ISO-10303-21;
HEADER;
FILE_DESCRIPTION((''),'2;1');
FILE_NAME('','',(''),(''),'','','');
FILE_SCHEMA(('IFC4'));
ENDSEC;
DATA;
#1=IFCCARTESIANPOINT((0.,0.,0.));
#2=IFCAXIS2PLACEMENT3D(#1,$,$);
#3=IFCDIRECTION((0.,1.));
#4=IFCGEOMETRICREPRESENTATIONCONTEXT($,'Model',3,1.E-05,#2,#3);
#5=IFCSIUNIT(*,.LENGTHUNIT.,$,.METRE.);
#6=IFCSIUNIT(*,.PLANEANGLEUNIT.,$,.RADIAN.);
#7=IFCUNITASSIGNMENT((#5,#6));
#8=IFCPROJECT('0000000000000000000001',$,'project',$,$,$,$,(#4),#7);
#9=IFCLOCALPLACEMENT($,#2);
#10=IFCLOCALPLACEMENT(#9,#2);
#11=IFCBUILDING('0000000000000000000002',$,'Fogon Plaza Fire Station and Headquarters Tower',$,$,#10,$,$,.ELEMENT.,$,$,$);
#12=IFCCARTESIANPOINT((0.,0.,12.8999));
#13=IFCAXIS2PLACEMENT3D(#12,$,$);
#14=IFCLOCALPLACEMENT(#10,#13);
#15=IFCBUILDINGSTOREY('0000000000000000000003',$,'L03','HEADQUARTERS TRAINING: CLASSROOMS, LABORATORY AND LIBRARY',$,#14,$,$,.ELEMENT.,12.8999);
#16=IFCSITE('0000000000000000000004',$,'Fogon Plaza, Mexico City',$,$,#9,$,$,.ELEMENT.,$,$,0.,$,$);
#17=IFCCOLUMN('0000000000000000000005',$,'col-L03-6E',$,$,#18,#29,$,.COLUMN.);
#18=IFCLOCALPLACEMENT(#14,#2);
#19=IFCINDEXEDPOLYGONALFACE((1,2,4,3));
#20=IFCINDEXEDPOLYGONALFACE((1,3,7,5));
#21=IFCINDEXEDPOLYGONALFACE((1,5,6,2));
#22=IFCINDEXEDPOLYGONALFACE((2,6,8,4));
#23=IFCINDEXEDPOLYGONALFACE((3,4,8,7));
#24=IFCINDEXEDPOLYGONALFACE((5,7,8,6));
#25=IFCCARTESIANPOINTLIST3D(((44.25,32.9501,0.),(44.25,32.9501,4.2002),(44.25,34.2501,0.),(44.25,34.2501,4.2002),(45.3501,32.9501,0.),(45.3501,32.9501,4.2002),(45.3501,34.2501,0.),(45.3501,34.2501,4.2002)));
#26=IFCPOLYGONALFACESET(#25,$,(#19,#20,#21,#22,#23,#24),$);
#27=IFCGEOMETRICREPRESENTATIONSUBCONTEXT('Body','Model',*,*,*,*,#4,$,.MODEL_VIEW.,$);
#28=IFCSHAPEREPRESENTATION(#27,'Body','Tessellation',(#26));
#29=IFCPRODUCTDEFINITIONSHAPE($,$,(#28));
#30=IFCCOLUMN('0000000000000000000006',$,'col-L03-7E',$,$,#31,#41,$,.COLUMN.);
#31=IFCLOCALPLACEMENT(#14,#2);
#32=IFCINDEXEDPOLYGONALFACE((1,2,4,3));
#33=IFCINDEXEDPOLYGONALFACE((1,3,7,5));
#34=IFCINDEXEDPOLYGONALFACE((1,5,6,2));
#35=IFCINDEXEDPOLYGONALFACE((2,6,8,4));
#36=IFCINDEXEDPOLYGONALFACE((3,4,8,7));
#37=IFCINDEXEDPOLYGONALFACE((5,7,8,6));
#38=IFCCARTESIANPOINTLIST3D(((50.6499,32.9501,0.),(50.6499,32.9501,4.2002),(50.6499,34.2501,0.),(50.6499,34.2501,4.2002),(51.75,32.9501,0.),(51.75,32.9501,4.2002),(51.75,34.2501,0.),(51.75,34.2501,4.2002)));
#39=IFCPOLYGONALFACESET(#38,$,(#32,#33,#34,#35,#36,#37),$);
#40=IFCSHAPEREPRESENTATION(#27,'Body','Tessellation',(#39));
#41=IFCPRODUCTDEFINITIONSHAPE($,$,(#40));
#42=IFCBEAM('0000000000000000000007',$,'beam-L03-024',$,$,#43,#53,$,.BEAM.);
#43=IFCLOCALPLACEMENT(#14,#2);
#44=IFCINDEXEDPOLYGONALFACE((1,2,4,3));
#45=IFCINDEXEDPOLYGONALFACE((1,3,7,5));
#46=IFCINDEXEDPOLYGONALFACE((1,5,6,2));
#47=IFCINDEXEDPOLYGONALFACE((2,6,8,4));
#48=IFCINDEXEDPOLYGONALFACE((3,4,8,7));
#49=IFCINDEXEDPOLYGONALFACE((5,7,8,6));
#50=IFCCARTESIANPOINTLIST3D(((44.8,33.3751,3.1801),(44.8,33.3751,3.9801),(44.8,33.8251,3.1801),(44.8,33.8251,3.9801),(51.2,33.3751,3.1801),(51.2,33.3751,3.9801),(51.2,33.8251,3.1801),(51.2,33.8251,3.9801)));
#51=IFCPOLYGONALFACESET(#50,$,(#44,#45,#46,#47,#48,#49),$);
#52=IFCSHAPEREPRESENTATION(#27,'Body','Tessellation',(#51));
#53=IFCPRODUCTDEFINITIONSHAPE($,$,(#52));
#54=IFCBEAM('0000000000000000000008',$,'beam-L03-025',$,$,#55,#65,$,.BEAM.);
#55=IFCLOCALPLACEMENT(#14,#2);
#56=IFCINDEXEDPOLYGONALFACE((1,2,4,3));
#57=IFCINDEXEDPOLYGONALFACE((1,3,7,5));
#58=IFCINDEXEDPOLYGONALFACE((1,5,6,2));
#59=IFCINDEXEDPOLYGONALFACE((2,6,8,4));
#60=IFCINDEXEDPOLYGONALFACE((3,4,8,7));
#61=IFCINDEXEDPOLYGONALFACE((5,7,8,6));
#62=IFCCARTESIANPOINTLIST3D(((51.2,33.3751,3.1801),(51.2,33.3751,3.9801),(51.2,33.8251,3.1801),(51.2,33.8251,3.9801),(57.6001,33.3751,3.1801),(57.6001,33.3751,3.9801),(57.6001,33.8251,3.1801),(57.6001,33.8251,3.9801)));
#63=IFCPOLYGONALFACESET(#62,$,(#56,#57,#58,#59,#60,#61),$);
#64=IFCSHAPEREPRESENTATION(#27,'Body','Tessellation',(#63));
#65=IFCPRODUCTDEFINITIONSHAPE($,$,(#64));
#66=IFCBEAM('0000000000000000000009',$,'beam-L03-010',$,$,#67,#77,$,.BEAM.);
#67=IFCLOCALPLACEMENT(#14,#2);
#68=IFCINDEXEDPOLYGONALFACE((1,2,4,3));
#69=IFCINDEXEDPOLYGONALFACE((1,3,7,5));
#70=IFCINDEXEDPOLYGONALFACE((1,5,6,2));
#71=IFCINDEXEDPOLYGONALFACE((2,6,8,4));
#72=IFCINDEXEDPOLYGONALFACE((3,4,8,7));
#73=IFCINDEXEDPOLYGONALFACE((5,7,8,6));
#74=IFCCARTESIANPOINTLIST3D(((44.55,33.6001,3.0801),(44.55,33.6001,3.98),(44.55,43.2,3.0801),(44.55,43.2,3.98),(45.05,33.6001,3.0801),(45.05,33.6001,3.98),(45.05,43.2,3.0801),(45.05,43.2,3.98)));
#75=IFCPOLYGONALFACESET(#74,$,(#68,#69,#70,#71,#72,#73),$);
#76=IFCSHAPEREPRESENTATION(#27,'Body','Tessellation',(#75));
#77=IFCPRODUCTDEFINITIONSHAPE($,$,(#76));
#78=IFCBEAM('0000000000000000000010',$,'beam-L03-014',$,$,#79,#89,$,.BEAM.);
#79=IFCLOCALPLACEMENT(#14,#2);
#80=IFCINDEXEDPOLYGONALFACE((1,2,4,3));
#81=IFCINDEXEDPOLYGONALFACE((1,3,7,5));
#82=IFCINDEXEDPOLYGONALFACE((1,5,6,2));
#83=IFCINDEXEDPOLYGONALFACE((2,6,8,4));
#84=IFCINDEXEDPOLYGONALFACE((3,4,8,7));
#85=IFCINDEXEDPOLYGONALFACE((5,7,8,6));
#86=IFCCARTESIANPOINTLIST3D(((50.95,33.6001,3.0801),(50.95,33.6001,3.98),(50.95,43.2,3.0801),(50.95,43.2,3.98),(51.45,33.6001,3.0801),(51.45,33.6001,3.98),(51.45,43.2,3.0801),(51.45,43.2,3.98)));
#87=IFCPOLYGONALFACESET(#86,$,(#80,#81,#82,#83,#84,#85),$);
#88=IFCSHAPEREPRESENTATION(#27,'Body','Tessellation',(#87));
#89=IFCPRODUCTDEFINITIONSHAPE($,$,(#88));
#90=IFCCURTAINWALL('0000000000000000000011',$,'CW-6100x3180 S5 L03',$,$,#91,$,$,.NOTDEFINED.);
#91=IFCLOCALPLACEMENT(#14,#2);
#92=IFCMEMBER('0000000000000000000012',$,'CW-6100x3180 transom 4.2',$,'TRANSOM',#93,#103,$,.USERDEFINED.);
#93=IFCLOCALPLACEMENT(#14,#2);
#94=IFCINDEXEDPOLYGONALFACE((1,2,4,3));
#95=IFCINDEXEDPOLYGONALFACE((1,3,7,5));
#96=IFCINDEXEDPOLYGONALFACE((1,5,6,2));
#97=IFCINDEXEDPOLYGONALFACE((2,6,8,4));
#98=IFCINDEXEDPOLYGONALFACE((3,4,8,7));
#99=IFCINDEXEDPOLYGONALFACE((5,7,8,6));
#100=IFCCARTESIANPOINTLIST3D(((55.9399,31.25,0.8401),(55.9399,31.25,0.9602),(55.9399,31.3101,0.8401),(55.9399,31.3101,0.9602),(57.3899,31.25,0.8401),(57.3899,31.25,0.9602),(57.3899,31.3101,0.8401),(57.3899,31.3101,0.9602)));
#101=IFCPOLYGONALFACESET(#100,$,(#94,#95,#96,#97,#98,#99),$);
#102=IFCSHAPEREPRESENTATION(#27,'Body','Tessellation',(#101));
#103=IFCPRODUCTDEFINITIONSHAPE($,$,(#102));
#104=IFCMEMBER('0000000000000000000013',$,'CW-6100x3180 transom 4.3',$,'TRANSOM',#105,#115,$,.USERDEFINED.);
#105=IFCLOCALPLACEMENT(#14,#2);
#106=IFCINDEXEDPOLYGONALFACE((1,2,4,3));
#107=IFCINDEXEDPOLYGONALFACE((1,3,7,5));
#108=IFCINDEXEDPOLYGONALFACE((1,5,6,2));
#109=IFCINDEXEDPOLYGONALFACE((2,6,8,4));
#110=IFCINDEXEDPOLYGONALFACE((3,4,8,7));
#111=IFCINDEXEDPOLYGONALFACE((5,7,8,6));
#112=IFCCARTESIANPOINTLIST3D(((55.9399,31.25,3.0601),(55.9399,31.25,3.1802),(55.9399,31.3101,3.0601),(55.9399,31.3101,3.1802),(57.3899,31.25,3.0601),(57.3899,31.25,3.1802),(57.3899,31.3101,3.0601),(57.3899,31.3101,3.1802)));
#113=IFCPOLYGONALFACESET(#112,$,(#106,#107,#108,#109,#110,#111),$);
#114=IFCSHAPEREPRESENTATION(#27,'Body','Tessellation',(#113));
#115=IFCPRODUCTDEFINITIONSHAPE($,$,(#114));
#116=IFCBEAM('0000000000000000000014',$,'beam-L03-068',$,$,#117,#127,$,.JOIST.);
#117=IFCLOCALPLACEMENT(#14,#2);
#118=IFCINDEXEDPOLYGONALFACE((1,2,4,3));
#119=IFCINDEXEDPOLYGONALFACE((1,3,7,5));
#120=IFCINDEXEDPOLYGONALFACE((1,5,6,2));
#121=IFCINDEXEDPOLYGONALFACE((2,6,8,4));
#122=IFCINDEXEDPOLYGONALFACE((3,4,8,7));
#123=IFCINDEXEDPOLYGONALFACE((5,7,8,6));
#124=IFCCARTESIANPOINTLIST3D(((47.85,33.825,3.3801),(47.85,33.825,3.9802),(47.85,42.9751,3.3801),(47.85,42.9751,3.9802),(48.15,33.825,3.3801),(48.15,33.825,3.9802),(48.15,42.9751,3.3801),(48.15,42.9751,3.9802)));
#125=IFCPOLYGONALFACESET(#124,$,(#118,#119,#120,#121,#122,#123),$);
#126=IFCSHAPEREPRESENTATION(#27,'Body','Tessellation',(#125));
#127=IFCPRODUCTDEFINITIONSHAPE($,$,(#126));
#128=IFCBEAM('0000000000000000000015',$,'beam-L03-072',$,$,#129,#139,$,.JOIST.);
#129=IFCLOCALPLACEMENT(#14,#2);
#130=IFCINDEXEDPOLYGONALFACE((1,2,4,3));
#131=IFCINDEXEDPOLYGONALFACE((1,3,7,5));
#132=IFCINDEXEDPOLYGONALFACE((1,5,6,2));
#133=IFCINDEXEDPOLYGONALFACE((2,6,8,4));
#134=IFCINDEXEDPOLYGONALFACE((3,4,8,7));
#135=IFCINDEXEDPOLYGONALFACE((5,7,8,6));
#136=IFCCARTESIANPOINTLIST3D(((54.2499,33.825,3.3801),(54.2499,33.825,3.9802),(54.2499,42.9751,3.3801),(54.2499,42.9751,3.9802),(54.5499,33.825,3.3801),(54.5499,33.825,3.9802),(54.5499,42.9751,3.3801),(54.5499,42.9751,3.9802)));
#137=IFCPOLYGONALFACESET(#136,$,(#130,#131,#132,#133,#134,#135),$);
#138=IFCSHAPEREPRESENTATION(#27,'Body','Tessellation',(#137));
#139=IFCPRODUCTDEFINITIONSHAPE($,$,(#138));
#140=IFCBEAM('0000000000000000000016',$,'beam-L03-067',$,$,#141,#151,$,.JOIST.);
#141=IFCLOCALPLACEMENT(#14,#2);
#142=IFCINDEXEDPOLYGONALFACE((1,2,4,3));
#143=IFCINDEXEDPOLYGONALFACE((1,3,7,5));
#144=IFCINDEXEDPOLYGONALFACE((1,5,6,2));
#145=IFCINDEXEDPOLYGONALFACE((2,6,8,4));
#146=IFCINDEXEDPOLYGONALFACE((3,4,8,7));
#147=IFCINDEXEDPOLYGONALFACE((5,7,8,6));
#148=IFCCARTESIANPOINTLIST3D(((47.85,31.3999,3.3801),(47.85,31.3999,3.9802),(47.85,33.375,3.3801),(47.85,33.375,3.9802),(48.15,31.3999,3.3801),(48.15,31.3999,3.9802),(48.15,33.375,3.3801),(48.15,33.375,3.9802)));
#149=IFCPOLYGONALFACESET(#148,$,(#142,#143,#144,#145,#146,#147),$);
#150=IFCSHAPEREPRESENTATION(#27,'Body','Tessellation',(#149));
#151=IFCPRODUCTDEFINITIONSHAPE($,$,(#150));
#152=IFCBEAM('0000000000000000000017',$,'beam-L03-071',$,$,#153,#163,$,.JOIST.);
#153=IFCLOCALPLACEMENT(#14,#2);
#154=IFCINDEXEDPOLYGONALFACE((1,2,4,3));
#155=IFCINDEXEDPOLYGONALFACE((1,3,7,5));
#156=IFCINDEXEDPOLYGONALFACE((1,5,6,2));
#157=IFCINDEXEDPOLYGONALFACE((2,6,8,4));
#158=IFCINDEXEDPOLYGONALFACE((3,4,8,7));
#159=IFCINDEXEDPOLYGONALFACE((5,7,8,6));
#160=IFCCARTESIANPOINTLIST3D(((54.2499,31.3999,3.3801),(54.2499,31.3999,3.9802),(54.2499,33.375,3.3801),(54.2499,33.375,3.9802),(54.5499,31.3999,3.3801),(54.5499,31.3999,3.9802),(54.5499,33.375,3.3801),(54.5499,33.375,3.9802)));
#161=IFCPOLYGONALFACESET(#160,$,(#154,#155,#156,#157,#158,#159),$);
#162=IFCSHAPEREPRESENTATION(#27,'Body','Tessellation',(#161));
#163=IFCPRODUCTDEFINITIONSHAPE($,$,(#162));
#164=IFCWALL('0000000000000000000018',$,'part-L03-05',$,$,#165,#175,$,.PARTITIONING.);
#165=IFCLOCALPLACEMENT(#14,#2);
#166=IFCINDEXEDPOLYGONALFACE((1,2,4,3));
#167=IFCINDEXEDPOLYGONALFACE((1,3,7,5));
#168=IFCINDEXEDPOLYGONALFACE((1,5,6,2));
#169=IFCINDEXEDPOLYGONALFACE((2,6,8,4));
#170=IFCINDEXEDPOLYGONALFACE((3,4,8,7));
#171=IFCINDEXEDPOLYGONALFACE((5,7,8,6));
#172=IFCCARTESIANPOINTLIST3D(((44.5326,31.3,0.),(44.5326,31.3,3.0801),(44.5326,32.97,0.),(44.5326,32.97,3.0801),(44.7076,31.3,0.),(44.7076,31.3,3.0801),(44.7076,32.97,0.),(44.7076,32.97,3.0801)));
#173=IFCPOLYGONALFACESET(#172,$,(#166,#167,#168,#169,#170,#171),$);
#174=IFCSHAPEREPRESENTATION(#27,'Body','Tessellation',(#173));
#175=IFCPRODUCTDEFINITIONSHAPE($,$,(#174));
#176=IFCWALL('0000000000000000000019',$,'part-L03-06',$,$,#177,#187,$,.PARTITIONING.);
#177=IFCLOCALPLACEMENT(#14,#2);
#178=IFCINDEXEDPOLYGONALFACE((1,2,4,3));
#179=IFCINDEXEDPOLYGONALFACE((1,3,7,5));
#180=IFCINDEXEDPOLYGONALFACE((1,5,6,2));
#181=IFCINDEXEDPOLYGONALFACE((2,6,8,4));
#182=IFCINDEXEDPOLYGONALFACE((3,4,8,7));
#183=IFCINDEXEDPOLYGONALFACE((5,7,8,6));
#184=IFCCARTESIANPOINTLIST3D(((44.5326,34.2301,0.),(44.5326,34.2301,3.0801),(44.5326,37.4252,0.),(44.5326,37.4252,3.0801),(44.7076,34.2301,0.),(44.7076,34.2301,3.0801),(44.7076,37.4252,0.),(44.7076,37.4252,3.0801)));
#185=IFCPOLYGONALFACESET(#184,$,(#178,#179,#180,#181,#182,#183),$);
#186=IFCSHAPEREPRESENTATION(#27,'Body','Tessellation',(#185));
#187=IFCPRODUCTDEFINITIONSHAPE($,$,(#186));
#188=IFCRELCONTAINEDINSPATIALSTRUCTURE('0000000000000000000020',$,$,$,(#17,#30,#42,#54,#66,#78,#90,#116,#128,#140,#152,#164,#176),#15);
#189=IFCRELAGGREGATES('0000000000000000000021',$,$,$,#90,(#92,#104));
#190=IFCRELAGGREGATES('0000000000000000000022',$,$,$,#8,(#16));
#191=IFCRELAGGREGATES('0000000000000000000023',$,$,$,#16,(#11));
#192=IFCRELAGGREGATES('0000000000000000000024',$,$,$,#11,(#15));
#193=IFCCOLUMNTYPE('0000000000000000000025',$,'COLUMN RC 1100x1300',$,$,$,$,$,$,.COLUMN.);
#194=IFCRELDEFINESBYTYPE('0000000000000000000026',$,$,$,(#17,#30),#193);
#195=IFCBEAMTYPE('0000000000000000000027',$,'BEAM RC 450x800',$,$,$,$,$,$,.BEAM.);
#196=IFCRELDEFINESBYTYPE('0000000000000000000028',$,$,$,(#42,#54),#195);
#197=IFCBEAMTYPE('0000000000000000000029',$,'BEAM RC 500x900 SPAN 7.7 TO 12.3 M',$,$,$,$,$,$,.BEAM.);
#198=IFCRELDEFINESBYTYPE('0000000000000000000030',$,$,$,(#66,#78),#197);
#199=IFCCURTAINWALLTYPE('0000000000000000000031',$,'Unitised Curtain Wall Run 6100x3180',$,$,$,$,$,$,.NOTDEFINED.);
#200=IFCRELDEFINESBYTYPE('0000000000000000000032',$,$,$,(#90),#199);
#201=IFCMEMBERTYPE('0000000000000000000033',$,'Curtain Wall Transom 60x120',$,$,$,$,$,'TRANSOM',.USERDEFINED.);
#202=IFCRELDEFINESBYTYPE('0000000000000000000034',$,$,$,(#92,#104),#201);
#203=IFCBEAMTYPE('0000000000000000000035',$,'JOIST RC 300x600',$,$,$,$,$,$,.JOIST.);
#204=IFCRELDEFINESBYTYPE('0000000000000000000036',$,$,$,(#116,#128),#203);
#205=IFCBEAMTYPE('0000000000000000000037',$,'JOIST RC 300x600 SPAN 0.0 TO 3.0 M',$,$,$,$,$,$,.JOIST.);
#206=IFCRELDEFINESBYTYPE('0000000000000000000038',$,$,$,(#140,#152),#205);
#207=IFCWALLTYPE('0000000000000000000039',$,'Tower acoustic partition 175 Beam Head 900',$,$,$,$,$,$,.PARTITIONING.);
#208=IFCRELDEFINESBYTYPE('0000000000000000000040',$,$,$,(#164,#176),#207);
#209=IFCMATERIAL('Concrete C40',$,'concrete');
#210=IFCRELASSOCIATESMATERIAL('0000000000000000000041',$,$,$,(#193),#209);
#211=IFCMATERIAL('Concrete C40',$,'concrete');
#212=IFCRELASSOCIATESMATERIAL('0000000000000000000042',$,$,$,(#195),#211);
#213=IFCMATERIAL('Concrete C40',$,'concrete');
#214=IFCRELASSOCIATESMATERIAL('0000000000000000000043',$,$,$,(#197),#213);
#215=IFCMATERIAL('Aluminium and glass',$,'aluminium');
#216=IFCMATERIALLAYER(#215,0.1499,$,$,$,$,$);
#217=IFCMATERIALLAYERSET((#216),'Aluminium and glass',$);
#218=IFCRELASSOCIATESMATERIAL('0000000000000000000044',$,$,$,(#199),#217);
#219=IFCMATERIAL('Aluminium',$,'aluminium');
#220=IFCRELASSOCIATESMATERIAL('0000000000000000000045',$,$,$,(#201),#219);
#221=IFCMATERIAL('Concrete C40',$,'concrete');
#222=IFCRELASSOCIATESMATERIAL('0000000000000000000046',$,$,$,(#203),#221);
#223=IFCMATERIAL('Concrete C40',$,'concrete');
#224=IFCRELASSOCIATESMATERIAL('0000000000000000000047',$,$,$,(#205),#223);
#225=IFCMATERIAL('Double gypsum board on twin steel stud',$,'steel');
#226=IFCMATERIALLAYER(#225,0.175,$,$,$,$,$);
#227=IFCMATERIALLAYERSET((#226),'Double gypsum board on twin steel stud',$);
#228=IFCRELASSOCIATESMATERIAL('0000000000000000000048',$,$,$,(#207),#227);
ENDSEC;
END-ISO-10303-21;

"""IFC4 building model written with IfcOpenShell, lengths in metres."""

from ifc_helpers import new_model, si_unit, direction, frame, frame_2d, origin, origin_2d, place, context, subcontext, project, spatial, rectangle, extrude, material, layer, layer_set, material_profile, profile_set, type_object, element, aggregate, save


model = new_model("IFC4")

# Units and contexts
model_context = context("Model", 3, precision=1e-05, world=origin(), true_north=direction((0.0, 1.0)))
body_context = subcontext(model_context, "Body", "Model", "MODEL_VIEW")
ifc_project = project(units=[si_unit("LENGTHUNIT", "METRE"), si_unit("PLANEANGLEUNIT", "RADIAN")], contexts=[model_context])

# Site, building, storey
site_placement = place(None, origin())
site = spatial("IfcSite", under=ifc_project, at=site_placement, Name="Fogon Plaza, Mexico City", CompositionType="ELEMENT", RefElevation=0.0)
building_placement = place(site_placement, origin())
building = spatial("IfcBuilding", under=site, at=building_placement, Name="Fogon Plaza Fire Station and Headquarters Tower", CompositionType="ELEMENT")
storey_placement = place(building_placement, frame((0.0, 0.0, 12.8999)))
storey = spatial("IfcBuildingStorey", under=building, at=storey_placement, Name="L03", Description="HEADQUARTERS TRAINING: CLASSROOMS, LABORATORY AND LIBRARY", CompositionType="ELEMENT", Elevation=12.8999)

# Columns
ifc_material_1 = material(Name="Concrete C40", Category="concrete")
ifc_material_profile_1 = material_profile(ifc_material_1, rectangle(XDim=1.1001, YDim=1.3, at=origin_2d()), Name="RC 1100x1300")
ifc_profile_set_1 = profile_set([ifc_material_profile_1], Name="Concrete C40")
column_type = type_object("IfcColumnType", Name="COLUMN RC 1100x1300", PredefinedType="COLUMN", material=ifc_profile_set_1)
for number, where, z_axis, x_axis, name in (
    (1, (44.8, 33.6001, 0.0), (0.0, 0.0, 1.0), (1.0, 0.0, 0.0), "col-L03-6E"),
    (2, (51.2, 33.6001, 0.0), (0.0, 0.0, 1.0), (1.0, 0.0, 0.0), "col-L03-7E"),
):
    element("IfcColumn", number, at=place(storey_placement, frame(where, z_axis=z_axis, x_axis=x_axis)), inside=storey, type_object=column_type, Name=name, PredefinedType="COLUMN", context=body_context, shape_type="SweptSolid", body=[
        extrude(rectangle(XDim=1.1001, YDim=1.3, at=origin_2d()), origin(), (0.0, 0.0, 1.0), 4.2002),
    ])

# Beams
ifc_material_2 = material(Name="Concrete C40", Category="concrete")
ifc_material_profile_2 = material_profile(ifc_material_2, rectangle(XDim=0.45, YDim=0.8, at=origin_2d()), Name="RC 450x800")
ifc_profile_set_2 = profile_set([ifc_material_profile_2], Name="Concrete C40")
beam_type_1 = type_object("IfcBeamType", Name="BEAM RC 450x800", PredefinedType="BEAM", material=ifc_profile_set_2)
beam_1_placement = place(storey_placement, frame((44.8, 33.6001, 3.5801), z_axis=(1.0, 0.0, 0.0), x_axis=(0.0, 1.0, 0.0)))
element("IfcBeam", 3, at=beam_1_placement, inside=storey, type_object=beam_type_1, Name="beam-L03-024", PredefinedType="BEAM", context=body_context, shape_type="SweptSolid", body=[
    extrude(rectangle(XDim=0.45, YDim=0.8, at=origin_2d()), origin(), (0.0, 0.0, 1.0), 6.3999),
])
beam_2_placement = place(storey_placement, frame((51.2, 33.6001, 3.5801), z_axis=(1.0, 0.0, 0.0), x_axis=(0.0, 1.0, 0.0)))
element("IfcBeam", 4, at=beam_2_placement, inside=storey, type_object=beam_type_1, Name="beam-L03-025", PredefinedType="BEAM", context=body_context, shape_type="SweptSolid", body=[
    extrude(rectangle(XDim=0.45, YDim=0.8, at=origin_2d()), origin(), (0.0, 0.0, 1.0), 6.4001),
])
ifc_material_3 = material(Name="Concrete C40", Category="concrete")
ifc_material_profile_3 = material_profile(ifc_material_3, rectangle(XDim=0.5, YDim=0.8999, at=origin_2d()), Name="RC 500x900")
ifc_profile_set_3 = profile_set([ifc_material_profile_3], Name="Concrete C40")
beam_type_2 = type_object("IfcBeamType", Name="BEAM RC 500x900 SPAN 7.7 TO 12.3 M", PredefinedType="BEAM", material=ifc_profile_set_3)
for number, where, z_axis, x_axis, name in (
    (5, (44.8, 33.6001, 3.53), (0.0, 1.0, 0.0), (-1.0, 0.0, 0.0), "beam-L03-010"),
    (6, (51.2, 33.6001, 3.53), (0.0, 1.0, 0.0), (-1.0, 0.0, 0.0), "beam-L03-014"),
):
    element("IfcBeam", number, at=place(storey_placement, frame(where, z_axis=z_axis, x_axis=x_axis)), inside=storey, type_object=beam_type_2, Name=name, PredefinedType="BEAM", context=body_context, shape_type="SweptSolid", body=[
        extrude(rectangle(XDim=0.5, YDim=0.8999, at=origin_2d()), origin(), (0.0, 0.0, 1.0), 9.5999),
    ])

# Curtain wall, members
ifc_material_4 = material(Name="Aluminium and glass", Category="aluminium")
ifc_layer_1 = layer(ifc_material_4, 0.1499)
ifc_layer_set_1 = layer_set([ifc_layer_1], Name="Aluminium and glass")
curtain_wall_type = type_object("IfcCurtainWallType", Name="Unitised Curtain Wall Run 6100x3180", PredefinedType="NOTDEFINED", material=ifc_layer_set_1)
curtain_wall_placement = place(storey_placement, origin())
curtain_wall = element("IfcCurtainWall", 7, at=curtain_wall_placement, inside=storey, type_object=curtain_wall_type, Name="CW-6100x3180 S5 L03", PredefinedType="NOTDEFINED")
ifc_material_5 = material(Name="Aluminium", Category="aluminium")
ifc_material_profile_4 = material_profile(ifc_material_5, rectangle(XDim=0.0601, YDim=0.1201, at=origin_2d()), Name="Curtain Wall Transom 60x120")
ifc_profile_set_4 = profile_set([ifc_material_profile_4], Name="Aluminium")
member_type = type_object("IfcMemberType", Name="Curtain Wall Transom 60x120", ElementType="TRANSOM", PredefinedType="USERDEFINED", material=ifc_profile_set_4)
member_1_placement = place(storey_placement, frame((55.9399, 31.28, 0.9001), z_axis=(1.0, 0.0, 0.0), x_axis=(0.0, 1.0, 0.0)))
member_1 = element("IfcMember", 8, at=member_1_placement, type_object=member_type, Name="CW-6100x3180 transom 4.2", ObjectType="TRANSOM", PredefinedType="USERDEFINED", context=body_context, shape_type="SweptSolid", body=[
    extrude(rectangle(XDim=0.0601, YDim=0.1201, at=origin_2d()), origin(), (0.0, 0.0, 1.0), 1.45),
])
member_2_placement = place(storey_placement, frame((55.9399, 31.28, 3.1201), z_axis=(1.0, 0.0, 0.0), x_axis=(0.0, 1.0, 0.0)))
member_2 = element("IfcMember", 9, at=member_2_placement, type_object=member_type, Name="CW-6100x3180 transom 4.3", ObjectType="TRANSOM", PredefinedType="USERDEFINED", context=body_context, shape_type="SweptSolid", body=[
    extrude(rectangle(XDim=0.0601, YDim=0.1201, at=origin_2d()), origin(), (0.0, 0.0, 1.0), 1.45),
])
aggregate(curtain_wall, [member_1, member_2])

# Beams
ifc_material_6 = material(Name="Concrete C40", Category="concrete")
ifc_material_profile_5 = material_profile(ifc_material_6, rectangle(XDim=0.3, YDim=0.6001, at=origin_2d()), Name="RC 300x600")
ifc_profile_set_5 = profile_set([ifc_material_profile_5], Name="Concrete C40")
beam_type_3 = type_object("IfcBeamType", Name="JOIST RC 300x600", PredefinedType="JOIST", material=ifc_profile_set_5)
for number, where, z_axis, x_axis, name in (
    (10, (48.0, 33.825, 3.6802), (0.0, 1.0, 0.0), (-1.0, 0.0, 0.0), "beam-L03-068"),
    (11, (54.3999, 33.825, 3.6802), (0.0, 1.0, 0.0), (-1.0, 0.0, 0.0), "beam-L03-072"),
):
    element("IfcBeam", number, at=place(storey_placement, frame(where, z_axis=z_axis, x_axis=x_axis)), inside=storey, type_object=beam_type_3, Name=name, PredefinedType="JOIST", context=body_context, shape_type="SweptSolid", body=[
        extrude(rectangle(XDim=0.3, YDim=0.6001, at=origin_2d()), origin(), (0.0, 0.0, 1.0), 9.1501),
    ])
ifc_material_7 = material(Name="Concrete C40", Category="concrete")
ifc_material_profile_6 = material_profile(ifc_material_7, rectangle(XDim=0.3, YDim=0.6001, at=origin_2d()), Name="RC 300x600")
ifc_profile_set_6 = profile_set([ifc_material_profile_6], Name="Concrete C40")
beam_type_4 = type_object("IfcBeamType", Name="JOIST RC 300x600 SPAN 0.0 TO 3.0 M", PredefinedType="JOIST", material=ifc_profile_set_6)
for number, where, z_axis, x_axis, name in (
    (12, (48.0, 31.3999, 3.6802), (0.0, 1.0, 0.0), (-1.0, 0.0, 0.0), "beam-L03-067"),
    (13, (54.3999, 31.3999, 3.6802), (0.0, 1.0, 0.0), (-1.0, 0.0, 0.0), "beam-L03-071"),
):
    element("IfcBeam", number, at=place(storey_placement, frame(where, z_axis=z_axis, x_axis=x_axis)), inside=storey, type_object=beam_type_4, Name=name, PredefinedType="JOIST", context=body_context, shape_type="SweptSolid", body=[
        extrude(rectangle(XDim=0.3, YDim=0.6001, at=origin_2d()), origin(), (0.0, 0.0, 1.0), 1.9751),
    ])

# Walls
ifc_material_8 = material(Name="Double gypsum board on twin steel stud", Category="steel")
ifc_layer_2 = layer(ifc_material_8, 0.175)
ifc_layer_set_2 = layer_set([ifc_layer_2], Name="Double gypsum board on twin steel stud")
wall_type_1 = type_object("IfcWallType", Name="Tower acoustic partition 175 Beam Head 900", PredefinedType="PARTITIONING", material=ifc_layer_set_2)
wall_1_placement = place(storey_placement, frame((44.6201, 31.3, 0.0), z_axis=(0.0, 0.0, 1.0), x_axis=(0.0, 1.0, 0.0)))
element("IfcWall", 14, at=wall_1_placement, inside=storey, type_object=wall_type_1, Name="part-L03-05", PredefinedType="PARTITIONING", context=body_context, shape_type="SweptSolid", body=[
    extrude(rectangle(XDim=1.6699, YDim=0.175, at=frame_2d((0.835, 0.0))), origin(), (0.0, 0.0, 1.0), 3.0801),
])
wall_2_placement = place(storey_placement, frame((44.6201, 34.23, 0.0), z_axis=(0.0, 0.0, 1.0), x_axis=(0.0, 1.0, 0.0)))
element("IfcWall", 15, at=wall_2_placement, inside=storey, type_object=wall_type_1, Name="part-L03-06", PredefinedType="PARTITIONING", context=body_context, shape_type="SweptSolid", body=[
    extrude(rectangle(XDim=3.1951, YDim=0.175, at=frame_2d((1.5977, 0.0))), origin(), (0.0, 0.0, 1.0), 3.0801),
])

save(model, "model.ifc")
